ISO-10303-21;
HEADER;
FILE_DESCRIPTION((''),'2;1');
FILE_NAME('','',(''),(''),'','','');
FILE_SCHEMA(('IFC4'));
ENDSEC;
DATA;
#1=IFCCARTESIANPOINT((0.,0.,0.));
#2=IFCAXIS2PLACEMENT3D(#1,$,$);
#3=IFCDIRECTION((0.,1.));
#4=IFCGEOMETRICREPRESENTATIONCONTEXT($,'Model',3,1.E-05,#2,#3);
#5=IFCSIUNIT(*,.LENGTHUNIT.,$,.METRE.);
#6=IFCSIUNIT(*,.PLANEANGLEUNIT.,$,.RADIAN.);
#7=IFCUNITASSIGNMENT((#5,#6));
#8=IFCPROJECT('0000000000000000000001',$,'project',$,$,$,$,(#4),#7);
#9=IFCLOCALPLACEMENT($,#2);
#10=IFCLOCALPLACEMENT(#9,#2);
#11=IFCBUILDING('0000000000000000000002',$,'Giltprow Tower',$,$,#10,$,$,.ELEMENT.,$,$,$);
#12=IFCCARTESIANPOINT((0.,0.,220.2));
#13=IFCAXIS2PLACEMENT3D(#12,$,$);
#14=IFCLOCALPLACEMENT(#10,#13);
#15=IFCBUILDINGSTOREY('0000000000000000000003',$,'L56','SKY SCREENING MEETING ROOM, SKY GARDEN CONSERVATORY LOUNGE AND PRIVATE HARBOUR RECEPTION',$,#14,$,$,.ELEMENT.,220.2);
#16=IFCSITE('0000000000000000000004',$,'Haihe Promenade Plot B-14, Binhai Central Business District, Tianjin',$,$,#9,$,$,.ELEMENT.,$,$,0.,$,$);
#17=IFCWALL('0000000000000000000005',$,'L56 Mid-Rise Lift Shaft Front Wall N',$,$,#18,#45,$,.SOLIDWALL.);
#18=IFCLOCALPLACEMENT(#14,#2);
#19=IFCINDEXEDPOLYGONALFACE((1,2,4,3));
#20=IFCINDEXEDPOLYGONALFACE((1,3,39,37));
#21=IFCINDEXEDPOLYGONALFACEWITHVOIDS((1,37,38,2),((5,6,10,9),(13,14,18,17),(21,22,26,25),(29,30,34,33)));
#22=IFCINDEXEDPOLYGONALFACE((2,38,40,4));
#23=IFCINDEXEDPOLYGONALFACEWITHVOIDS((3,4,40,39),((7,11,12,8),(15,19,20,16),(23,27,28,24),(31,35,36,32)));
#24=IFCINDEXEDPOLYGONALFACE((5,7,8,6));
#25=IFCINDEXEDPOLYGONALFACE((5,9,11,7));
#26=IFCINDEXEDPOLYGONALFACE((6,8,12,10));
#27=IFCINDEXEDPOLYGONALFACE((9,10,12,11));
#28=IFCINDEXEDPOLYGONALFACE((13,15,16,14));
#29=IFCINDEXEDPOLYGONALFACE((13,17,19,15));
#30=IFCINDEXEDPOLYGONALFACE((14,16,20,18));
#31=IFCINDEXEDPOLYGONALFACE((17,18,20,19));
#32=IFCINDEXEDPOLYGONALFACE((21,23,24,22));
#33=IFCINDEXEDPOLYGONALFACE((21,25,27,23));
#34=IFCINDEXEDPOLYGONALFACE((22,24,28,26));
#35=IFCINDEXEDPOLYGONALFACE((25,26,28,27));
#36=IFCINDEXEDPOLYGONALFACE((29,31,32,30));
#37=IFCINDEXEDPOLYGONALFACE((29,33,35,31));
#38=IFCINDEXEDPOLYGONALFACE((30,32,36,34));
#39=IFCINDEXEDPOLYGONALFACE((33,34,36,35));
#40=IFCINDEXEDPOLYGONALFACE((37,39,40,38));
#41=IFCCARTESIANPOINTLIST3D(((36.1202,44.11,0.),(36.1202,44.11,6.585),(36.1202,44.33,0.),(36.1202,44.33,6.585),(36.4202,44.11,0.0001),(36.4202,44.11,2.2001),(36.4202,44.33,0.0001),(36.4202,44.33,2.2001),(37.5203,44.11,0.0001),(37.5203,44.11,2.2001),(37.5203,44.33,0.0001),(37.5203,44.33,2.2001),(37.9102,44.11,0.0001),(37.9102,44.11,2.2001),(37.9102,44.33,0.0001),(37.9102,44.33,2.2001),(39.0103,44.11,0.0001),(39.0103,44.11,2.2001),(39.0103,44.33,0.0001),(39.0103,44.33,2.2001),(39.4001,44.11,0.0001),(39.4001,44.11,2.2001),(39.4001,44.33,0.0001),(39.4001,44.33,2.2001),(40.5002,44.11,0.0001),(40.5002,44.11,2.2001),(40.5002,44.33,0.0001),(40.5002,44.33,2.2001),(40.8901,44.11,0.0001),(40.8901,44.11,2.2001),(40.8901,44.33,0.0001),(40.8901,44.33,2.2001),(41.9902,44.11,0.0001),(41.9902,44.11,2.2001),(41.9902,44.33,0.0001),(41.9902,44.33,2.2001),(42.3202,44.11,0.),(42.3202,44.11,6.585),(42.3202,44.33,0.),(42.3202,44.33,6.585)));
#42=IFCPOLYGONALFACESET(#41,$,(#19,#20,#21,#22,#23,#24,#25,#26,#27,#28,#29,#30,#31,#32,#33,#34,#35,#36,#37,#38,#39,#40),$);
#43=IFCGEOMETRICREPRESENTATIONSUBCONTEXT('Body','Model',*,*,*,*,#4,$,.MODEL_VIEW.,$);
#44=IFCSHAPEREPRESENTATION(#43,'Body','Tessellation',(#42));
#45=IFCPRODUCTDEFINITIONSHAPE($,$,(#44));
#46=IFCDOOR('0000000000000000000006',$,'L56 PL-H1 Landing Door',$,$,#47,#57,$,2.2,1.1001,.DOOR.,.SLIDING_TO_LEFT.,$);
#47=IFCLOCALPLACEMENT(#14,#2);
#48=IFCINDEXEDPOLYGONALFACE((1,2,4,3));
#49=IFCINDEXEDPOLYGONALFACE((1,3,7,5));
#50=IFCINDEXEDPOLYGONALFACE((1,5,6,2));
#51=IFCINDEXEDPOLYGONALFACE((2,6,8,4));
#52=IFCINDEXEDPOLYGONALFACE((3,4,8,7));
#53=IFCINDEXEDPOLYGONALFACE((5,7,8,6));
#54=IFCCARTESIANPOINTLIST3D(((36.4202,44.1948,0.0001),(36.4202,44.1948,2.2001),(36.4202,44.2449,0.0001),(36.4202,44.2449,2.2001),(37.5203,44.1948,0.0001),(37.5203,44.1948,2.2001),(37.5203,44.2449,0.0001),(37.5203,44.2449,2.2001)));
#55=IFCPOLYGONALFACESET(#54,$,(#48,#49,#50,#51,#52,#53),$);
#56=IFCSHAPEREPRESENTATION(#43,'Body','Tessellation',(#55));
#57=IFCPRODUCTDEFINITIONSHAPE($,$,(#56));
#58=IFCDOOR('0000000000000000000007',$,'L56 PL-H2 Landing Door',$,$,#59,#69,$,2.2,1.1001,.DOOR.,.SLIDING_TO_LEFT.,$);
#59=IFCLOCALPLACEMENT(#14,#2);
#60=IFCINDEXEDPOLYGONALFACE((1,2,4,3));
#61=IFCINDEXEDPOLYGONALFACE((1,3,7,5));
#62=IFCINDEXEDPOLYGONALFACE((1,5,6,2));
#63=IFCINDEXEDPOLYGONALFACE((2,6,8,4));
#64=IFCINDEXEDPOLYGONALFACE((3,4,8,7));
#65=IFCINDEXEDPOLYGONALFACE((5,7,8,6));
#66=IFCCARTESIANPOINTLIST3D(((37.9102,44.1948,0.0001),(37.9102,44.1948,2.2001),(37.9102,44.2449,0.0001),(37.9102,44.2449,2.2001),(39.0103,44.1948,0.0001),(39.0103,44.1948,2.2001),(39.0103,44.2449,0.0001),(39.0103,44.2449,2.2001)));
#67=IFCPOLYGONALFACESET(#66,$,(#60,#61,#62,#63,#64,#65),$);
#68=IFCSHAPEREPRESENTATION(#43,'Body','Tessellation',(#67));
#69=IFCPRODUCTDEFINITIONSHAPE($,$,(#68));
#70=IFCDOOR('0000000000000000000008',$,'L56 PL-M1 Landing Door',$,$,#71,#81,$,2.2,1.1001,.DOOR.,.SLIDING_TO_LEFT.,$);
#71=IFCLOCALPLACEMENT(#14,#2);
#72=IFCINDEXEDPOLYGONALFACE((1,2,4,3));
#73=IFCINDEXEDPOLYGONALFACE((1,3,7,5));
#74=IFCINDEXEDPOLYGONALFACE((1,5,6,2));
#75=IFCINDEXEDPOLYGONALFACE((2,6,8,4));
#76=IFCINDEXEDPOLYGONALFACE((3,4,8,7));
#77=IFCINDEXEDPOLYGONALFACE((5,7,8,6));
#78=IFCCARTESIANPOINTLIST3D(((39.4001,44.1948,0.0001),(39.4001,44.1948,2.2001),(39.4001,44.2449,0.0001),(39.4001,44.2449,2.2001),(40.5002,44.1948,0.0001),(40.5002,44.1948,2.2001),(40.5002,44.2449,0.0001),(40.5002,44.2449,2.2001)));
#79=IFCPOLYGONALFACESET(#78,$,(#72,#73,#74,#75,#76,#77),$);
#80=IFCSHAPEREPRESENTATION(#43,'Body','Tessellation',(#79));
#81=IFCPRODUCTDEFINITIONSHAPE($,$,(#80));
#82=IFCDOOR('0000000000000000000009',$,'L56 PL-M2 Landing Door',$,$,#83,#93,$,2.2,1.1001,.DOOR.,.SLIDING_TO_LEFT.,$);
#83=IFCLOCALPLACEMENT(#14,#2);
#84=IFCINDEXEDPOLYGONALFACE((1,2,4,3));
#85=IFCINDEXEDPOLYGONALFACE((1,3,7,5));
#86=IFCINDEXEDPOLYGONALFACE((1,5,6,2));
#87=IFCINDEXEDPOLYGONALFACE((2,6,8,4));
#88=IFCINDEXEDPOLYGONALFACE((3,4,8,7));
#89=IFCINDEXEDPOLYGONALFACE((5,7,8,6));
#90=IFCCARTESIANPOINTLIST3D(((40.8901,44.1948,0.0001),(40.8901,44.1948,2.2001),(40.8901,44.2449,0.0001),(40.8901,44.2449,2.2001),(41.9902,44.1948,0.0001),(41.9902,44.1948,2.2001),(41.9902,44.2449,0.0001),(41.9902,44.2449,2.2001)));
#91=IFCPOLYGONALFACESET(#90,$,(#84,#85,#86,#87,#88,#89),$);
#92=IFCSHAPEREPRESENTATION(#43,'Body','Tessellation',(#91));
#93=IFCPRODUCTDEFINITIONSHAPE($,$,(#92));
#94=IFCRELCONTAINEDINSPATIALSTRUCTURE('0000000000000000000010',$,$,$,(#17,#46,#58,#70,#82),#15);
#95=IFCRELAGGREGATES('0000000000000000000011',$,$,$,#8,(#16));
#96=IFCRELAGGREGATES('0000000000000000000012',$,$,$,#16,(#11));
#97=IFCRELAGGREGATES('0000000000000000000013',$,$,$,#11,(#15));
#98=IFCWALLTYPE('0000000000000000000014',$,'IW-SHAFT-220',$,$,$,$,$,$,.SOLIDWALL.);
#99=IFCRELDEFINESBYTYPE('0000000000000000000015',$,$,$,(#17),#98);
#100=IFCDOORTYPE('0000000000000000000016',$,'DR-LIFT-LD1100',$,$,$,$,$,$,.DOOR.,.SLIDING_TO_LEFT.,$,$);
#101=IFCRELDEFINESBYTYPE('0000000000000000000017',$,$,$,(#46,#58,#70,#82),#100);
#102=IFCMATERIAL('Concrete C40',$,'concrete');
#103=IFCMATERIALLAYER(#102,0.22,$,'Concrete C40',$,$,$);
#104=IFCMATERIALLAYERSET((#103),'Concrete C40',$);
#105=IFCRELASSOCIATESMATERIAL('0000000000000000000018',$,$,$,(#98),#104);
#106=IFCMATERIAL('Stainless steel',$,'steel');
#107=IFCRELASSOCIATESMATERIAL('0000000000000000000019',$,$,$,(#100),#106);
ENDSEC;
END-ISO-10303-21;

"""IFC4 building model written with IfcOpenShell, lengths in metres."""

from ifc_helpers import new_model, si_unit, direction, frame, frame_2d, origin, place, context, subcontext, project, spatial, rectangle, extrude, source, transform, mapped, material, layer, layer_set, type_object, element, fill, save


model = new_model("IFC4")

# Units and contexts
model_context = context("Model", 3, precision=1e-05, world=origin(), true_north=direction((0.0, 1.0)))
body_context = subcontext(model_context, "Body", "Model", "MODEL_VIEW")
ifc_project = project(units=[si_unit("LENGTHUNIT", "METRE"), si_unit("PLANEANGLEUNIT", "RADIAN")], contexts=[model_context])

# Site, building, storey
site_placement = place(None, origin())
site = spatial("IfcSite", under=ifc_project, at=site_placement, Name="Haihe Promenade Plot B-14, Binhai Central Business District, Tianjin", CompositionType="ELEMENT", RefElevation=0.0)
building_placement = place(site_placement, origin())
building = spatial("IfcBuilding", under=site, at=building_placement, Name="Giltprow Tower", CompositionType="ELEMENT")
storey_placement = place(building_placement, frame((0.0, 0.0, 220.2)))
storey = spatial("IfcBuildingStorey", under=building, at=storey_placement, Name="L56", Description="SKY SCREENING MEETING ROOM, SKY GARDEN CONSERVATORY LOUNGE AND PRIVATE HARBOUR RECEPTION", CompositionType="ELEMENT", Elevation=220.2)

# Wall, openings, doors
ifc_material_1 = material(Name="Concrete C40", Category="concrete")
ifc_layer_1 = layer(ifc_material_1, 0.22, Name="Concrete C40")
ifc_layer_set_1 = layer_set([ifc_layer_1], Name="Concrete C40")
wall_type_1 = type_object("IfcWallType", Name="IW-SHAFT-220", PredefinedType="SOLIDWALL", material=ifc_layer_set_1)
wall_1_placement = place(storey_placement, frame((36.1201, 44.22, 0.0), z_axis=(0.0, 0.0, 1.0), x_axis=(1.0, 0.0, 0.0)))
wall_1 = element("IfcWall", 1, at=wall_1_placement, inside=storey, type_object=wall_type_1, Name="L56 Mid-Rise Lift Shaft Front Wall N", PredefinedType="SOLIDWALL", context=body_context, shape_type="SweptSolid", body=[
    extrude(rectangle(XDim=6.2, YDim=0.22, at=frame_2d((3.1001, 0.0))), origin(), (0.0, 0.0, 1.0), 6.585),
])
opening_1_placement = place(wall_1_placement, frame((0.3, 0.0, 0.0)))
opening_1 = element("IfcOpeningElement", 2, at=opening_1_placement, cuts=wall_1, PredefinedType="OPENING", context=body_context, shape_type="SweptSolid", body=[
    extrude(rectangle(XDim=1.1001, YDim=2.2, at=frame_2d((0.55, 1.1001))), frame((0.0, 0.1199, 0.0), z_axis=(0.0, -1.0, 0.0), x_axis=(1.0, 0.0, 0.0)), (0.0, 0.0, 1.0), 0.24),
])
opening_2_placement = place(wall_1_placement, frame((1.79, 0.0, 0.0)))
opening_2 = element("IfcOpeningElement", 3, at=opening_2_placement, cuts=wall_1, PredefinedType="OPENING", context=body_context, shape_type="SweptSolid", body=[
    extrude(rectangle(XDim=1.1001, YDim=2.2, at=frame_2d((0.55, 1.1001))), frame((0.0, 0.1199, 0.0), z_axis=(0.0, -1.0, 0.0), x_axis=(1.0, 0.0, 0.0)), (0.0, 0.0, 1.0), 0.24),
])
opening_3_placement = place(wall_1_placement, frame((3.28, 0.0, 0.0)))
opening_3 = element("IfcOpeningElement", 4, at=opening_3_placement, cuts=wall_1, PredefinedType="OPENING", context=body_context, shape_type="SweptSolid", body=[
    extrude(rectangle(XDim=1.1001, YDim=2.2, at=frame_2d((0.55, 1.1001))), frame((0.0, 0.1199, 0.0), z_axis=(0.0, -1.0, 0.0), x_axis=(1.0, 0.0, 0.0)), (0.0, 0.0, 1.0), 0.24),
])
opening_4_placement = place(wall_1_placement, frame((4.77, 0.0, 0.0)))
opening_4 = element("IfcOpeningElement", 5, at=opening_4_placement, cuts=wall_1, PredefinedType="OPENING", context=body_context, shape_type="SweptSolid", body=[
    extrude(rectangle(XDim=1.1001, YDim=2.2, at=frame_2d((0.55, 1.1001))), frame((0.0, 0.1199, 0.0), z_axis=(0.0, -1.0, 0.0), x_axis=(1.0, 0.0, 0.0)), (0.0, 0.0, 1.0), 0.24),
])
ifc_material_2 = material(Name="Stainless steel", Category="steel")
door_type_1 = type_object("IfcDoorType", Name="DR-LIFT-LD1100", OperationType="SLIDING_TO_LEFT", PredefinedType="DOOR", material=ifc_material_2)
shared_shape_1 = source(origin(), body_context, "Body", "SweptSolid", [
    extrude(rectangle(XDim=1.1001, YDim=2.2, at=frame_2d((0.55, 1.1001))), frame((0.0, 0.0249, 0.0), z_axis=(0.0, -1.0, 0.0), x_axis=(1.0, 0.0, 0.0)), (0.0, 0.0, 1.0), 0.05),
])
door_1_placement = place(opening_1_placement, origin())
door_1 = element("IfcDoor", 6, at=door_1_placement, inside=storey, type_object=door_type_1, Name="L56 PL-H1 Landing Door", OperationType="SLIDING_TO_LEFT", OverallHeight=2.2, OverallWidth=1.1001, PredefinedType="DOOR", context=body_context, shape_type="MappedRepresentation", body=[
    mapped(shared_shape_1, transform((0.0, 0.0, 0.0), x_axis=(1.0, 0.0, 0.0), y_axis=(0.0, 1.0, 0.0), z_axis=(0.0, 0.0, 1.0), scale=1.0)),
])
fill(opening_1, door_1)
door_2_placement = place(opening_2_placement, origin())
door_2 = element("IfcDoor", 7, at=door_2_placement, inside=storey, type_object=door_type_1, Name="L56 PL-H2 Landing Door", OperationType="SLIDING_TO_LEFT", OverallHeight=2.2, OverallWidth=1.1001, PredefinedType="DOOR", context=body_context, shape_type="MappedRepresentation", body=[
    mapped(shared_shape_1, transform((0.0, 0.0, 0.0), x_axis=(1.0, 0.0, 0.0), y_axis=(0.0, 1.0, 0.0), z_axis=(0.0, 0.0, 1.0), scale=1.0)),
])
fill(opening_2, door_2)
door_3_placement = place(opening_3_placement, origin())
door_3 = element("IfcDoor", 8, at=door_3_placement, inside=storey, type_object=door_type_1, Name="L56 PL-M1 Landing Door", OperationType="SLIDING_TO_LEFT", OverallHeight=2.2, OverallWidth=1.1001, PredefinedType="DOOR", context=body_context, shape_type="MappedRepresentation", body=[
    mapped(shared_shape_1, transform((0.0, 0.0, 0.0), x_axis=(1.0, 0.0, 0.0), y_axis=(0.0, 1.0, 0.0), z_axis=(0.0, 0.0, 1.0), scale=1.0)),
])
fill(opening_3, door_3)
door_4_placement = place(opening_4_placement, origin())
door_4 = element("IfcDoor", 9, at=door_4_placement, inside=storey, type_object=door_type_1, Name="L56 PL-M2 Landing Door", OperationType="SLIDING_TO_LEFT", OverallHeight=2.2, OverallWidth=1.1001, PredefinedType="DOOR", context=body_context, shape_type="MappedRepresentation", body=[
    mapped(shared_shape_1, transform((0.0, 0.0, 0.0), x_axis=(1.0, 0.0, 0.0), y_axis=(0.0, 1.0, 0.0), z_axis=(0.0, 0.0, 1.0), scale=1.0)),
])
fill(opening_4, door_4)

save(model, "model.ifc")
